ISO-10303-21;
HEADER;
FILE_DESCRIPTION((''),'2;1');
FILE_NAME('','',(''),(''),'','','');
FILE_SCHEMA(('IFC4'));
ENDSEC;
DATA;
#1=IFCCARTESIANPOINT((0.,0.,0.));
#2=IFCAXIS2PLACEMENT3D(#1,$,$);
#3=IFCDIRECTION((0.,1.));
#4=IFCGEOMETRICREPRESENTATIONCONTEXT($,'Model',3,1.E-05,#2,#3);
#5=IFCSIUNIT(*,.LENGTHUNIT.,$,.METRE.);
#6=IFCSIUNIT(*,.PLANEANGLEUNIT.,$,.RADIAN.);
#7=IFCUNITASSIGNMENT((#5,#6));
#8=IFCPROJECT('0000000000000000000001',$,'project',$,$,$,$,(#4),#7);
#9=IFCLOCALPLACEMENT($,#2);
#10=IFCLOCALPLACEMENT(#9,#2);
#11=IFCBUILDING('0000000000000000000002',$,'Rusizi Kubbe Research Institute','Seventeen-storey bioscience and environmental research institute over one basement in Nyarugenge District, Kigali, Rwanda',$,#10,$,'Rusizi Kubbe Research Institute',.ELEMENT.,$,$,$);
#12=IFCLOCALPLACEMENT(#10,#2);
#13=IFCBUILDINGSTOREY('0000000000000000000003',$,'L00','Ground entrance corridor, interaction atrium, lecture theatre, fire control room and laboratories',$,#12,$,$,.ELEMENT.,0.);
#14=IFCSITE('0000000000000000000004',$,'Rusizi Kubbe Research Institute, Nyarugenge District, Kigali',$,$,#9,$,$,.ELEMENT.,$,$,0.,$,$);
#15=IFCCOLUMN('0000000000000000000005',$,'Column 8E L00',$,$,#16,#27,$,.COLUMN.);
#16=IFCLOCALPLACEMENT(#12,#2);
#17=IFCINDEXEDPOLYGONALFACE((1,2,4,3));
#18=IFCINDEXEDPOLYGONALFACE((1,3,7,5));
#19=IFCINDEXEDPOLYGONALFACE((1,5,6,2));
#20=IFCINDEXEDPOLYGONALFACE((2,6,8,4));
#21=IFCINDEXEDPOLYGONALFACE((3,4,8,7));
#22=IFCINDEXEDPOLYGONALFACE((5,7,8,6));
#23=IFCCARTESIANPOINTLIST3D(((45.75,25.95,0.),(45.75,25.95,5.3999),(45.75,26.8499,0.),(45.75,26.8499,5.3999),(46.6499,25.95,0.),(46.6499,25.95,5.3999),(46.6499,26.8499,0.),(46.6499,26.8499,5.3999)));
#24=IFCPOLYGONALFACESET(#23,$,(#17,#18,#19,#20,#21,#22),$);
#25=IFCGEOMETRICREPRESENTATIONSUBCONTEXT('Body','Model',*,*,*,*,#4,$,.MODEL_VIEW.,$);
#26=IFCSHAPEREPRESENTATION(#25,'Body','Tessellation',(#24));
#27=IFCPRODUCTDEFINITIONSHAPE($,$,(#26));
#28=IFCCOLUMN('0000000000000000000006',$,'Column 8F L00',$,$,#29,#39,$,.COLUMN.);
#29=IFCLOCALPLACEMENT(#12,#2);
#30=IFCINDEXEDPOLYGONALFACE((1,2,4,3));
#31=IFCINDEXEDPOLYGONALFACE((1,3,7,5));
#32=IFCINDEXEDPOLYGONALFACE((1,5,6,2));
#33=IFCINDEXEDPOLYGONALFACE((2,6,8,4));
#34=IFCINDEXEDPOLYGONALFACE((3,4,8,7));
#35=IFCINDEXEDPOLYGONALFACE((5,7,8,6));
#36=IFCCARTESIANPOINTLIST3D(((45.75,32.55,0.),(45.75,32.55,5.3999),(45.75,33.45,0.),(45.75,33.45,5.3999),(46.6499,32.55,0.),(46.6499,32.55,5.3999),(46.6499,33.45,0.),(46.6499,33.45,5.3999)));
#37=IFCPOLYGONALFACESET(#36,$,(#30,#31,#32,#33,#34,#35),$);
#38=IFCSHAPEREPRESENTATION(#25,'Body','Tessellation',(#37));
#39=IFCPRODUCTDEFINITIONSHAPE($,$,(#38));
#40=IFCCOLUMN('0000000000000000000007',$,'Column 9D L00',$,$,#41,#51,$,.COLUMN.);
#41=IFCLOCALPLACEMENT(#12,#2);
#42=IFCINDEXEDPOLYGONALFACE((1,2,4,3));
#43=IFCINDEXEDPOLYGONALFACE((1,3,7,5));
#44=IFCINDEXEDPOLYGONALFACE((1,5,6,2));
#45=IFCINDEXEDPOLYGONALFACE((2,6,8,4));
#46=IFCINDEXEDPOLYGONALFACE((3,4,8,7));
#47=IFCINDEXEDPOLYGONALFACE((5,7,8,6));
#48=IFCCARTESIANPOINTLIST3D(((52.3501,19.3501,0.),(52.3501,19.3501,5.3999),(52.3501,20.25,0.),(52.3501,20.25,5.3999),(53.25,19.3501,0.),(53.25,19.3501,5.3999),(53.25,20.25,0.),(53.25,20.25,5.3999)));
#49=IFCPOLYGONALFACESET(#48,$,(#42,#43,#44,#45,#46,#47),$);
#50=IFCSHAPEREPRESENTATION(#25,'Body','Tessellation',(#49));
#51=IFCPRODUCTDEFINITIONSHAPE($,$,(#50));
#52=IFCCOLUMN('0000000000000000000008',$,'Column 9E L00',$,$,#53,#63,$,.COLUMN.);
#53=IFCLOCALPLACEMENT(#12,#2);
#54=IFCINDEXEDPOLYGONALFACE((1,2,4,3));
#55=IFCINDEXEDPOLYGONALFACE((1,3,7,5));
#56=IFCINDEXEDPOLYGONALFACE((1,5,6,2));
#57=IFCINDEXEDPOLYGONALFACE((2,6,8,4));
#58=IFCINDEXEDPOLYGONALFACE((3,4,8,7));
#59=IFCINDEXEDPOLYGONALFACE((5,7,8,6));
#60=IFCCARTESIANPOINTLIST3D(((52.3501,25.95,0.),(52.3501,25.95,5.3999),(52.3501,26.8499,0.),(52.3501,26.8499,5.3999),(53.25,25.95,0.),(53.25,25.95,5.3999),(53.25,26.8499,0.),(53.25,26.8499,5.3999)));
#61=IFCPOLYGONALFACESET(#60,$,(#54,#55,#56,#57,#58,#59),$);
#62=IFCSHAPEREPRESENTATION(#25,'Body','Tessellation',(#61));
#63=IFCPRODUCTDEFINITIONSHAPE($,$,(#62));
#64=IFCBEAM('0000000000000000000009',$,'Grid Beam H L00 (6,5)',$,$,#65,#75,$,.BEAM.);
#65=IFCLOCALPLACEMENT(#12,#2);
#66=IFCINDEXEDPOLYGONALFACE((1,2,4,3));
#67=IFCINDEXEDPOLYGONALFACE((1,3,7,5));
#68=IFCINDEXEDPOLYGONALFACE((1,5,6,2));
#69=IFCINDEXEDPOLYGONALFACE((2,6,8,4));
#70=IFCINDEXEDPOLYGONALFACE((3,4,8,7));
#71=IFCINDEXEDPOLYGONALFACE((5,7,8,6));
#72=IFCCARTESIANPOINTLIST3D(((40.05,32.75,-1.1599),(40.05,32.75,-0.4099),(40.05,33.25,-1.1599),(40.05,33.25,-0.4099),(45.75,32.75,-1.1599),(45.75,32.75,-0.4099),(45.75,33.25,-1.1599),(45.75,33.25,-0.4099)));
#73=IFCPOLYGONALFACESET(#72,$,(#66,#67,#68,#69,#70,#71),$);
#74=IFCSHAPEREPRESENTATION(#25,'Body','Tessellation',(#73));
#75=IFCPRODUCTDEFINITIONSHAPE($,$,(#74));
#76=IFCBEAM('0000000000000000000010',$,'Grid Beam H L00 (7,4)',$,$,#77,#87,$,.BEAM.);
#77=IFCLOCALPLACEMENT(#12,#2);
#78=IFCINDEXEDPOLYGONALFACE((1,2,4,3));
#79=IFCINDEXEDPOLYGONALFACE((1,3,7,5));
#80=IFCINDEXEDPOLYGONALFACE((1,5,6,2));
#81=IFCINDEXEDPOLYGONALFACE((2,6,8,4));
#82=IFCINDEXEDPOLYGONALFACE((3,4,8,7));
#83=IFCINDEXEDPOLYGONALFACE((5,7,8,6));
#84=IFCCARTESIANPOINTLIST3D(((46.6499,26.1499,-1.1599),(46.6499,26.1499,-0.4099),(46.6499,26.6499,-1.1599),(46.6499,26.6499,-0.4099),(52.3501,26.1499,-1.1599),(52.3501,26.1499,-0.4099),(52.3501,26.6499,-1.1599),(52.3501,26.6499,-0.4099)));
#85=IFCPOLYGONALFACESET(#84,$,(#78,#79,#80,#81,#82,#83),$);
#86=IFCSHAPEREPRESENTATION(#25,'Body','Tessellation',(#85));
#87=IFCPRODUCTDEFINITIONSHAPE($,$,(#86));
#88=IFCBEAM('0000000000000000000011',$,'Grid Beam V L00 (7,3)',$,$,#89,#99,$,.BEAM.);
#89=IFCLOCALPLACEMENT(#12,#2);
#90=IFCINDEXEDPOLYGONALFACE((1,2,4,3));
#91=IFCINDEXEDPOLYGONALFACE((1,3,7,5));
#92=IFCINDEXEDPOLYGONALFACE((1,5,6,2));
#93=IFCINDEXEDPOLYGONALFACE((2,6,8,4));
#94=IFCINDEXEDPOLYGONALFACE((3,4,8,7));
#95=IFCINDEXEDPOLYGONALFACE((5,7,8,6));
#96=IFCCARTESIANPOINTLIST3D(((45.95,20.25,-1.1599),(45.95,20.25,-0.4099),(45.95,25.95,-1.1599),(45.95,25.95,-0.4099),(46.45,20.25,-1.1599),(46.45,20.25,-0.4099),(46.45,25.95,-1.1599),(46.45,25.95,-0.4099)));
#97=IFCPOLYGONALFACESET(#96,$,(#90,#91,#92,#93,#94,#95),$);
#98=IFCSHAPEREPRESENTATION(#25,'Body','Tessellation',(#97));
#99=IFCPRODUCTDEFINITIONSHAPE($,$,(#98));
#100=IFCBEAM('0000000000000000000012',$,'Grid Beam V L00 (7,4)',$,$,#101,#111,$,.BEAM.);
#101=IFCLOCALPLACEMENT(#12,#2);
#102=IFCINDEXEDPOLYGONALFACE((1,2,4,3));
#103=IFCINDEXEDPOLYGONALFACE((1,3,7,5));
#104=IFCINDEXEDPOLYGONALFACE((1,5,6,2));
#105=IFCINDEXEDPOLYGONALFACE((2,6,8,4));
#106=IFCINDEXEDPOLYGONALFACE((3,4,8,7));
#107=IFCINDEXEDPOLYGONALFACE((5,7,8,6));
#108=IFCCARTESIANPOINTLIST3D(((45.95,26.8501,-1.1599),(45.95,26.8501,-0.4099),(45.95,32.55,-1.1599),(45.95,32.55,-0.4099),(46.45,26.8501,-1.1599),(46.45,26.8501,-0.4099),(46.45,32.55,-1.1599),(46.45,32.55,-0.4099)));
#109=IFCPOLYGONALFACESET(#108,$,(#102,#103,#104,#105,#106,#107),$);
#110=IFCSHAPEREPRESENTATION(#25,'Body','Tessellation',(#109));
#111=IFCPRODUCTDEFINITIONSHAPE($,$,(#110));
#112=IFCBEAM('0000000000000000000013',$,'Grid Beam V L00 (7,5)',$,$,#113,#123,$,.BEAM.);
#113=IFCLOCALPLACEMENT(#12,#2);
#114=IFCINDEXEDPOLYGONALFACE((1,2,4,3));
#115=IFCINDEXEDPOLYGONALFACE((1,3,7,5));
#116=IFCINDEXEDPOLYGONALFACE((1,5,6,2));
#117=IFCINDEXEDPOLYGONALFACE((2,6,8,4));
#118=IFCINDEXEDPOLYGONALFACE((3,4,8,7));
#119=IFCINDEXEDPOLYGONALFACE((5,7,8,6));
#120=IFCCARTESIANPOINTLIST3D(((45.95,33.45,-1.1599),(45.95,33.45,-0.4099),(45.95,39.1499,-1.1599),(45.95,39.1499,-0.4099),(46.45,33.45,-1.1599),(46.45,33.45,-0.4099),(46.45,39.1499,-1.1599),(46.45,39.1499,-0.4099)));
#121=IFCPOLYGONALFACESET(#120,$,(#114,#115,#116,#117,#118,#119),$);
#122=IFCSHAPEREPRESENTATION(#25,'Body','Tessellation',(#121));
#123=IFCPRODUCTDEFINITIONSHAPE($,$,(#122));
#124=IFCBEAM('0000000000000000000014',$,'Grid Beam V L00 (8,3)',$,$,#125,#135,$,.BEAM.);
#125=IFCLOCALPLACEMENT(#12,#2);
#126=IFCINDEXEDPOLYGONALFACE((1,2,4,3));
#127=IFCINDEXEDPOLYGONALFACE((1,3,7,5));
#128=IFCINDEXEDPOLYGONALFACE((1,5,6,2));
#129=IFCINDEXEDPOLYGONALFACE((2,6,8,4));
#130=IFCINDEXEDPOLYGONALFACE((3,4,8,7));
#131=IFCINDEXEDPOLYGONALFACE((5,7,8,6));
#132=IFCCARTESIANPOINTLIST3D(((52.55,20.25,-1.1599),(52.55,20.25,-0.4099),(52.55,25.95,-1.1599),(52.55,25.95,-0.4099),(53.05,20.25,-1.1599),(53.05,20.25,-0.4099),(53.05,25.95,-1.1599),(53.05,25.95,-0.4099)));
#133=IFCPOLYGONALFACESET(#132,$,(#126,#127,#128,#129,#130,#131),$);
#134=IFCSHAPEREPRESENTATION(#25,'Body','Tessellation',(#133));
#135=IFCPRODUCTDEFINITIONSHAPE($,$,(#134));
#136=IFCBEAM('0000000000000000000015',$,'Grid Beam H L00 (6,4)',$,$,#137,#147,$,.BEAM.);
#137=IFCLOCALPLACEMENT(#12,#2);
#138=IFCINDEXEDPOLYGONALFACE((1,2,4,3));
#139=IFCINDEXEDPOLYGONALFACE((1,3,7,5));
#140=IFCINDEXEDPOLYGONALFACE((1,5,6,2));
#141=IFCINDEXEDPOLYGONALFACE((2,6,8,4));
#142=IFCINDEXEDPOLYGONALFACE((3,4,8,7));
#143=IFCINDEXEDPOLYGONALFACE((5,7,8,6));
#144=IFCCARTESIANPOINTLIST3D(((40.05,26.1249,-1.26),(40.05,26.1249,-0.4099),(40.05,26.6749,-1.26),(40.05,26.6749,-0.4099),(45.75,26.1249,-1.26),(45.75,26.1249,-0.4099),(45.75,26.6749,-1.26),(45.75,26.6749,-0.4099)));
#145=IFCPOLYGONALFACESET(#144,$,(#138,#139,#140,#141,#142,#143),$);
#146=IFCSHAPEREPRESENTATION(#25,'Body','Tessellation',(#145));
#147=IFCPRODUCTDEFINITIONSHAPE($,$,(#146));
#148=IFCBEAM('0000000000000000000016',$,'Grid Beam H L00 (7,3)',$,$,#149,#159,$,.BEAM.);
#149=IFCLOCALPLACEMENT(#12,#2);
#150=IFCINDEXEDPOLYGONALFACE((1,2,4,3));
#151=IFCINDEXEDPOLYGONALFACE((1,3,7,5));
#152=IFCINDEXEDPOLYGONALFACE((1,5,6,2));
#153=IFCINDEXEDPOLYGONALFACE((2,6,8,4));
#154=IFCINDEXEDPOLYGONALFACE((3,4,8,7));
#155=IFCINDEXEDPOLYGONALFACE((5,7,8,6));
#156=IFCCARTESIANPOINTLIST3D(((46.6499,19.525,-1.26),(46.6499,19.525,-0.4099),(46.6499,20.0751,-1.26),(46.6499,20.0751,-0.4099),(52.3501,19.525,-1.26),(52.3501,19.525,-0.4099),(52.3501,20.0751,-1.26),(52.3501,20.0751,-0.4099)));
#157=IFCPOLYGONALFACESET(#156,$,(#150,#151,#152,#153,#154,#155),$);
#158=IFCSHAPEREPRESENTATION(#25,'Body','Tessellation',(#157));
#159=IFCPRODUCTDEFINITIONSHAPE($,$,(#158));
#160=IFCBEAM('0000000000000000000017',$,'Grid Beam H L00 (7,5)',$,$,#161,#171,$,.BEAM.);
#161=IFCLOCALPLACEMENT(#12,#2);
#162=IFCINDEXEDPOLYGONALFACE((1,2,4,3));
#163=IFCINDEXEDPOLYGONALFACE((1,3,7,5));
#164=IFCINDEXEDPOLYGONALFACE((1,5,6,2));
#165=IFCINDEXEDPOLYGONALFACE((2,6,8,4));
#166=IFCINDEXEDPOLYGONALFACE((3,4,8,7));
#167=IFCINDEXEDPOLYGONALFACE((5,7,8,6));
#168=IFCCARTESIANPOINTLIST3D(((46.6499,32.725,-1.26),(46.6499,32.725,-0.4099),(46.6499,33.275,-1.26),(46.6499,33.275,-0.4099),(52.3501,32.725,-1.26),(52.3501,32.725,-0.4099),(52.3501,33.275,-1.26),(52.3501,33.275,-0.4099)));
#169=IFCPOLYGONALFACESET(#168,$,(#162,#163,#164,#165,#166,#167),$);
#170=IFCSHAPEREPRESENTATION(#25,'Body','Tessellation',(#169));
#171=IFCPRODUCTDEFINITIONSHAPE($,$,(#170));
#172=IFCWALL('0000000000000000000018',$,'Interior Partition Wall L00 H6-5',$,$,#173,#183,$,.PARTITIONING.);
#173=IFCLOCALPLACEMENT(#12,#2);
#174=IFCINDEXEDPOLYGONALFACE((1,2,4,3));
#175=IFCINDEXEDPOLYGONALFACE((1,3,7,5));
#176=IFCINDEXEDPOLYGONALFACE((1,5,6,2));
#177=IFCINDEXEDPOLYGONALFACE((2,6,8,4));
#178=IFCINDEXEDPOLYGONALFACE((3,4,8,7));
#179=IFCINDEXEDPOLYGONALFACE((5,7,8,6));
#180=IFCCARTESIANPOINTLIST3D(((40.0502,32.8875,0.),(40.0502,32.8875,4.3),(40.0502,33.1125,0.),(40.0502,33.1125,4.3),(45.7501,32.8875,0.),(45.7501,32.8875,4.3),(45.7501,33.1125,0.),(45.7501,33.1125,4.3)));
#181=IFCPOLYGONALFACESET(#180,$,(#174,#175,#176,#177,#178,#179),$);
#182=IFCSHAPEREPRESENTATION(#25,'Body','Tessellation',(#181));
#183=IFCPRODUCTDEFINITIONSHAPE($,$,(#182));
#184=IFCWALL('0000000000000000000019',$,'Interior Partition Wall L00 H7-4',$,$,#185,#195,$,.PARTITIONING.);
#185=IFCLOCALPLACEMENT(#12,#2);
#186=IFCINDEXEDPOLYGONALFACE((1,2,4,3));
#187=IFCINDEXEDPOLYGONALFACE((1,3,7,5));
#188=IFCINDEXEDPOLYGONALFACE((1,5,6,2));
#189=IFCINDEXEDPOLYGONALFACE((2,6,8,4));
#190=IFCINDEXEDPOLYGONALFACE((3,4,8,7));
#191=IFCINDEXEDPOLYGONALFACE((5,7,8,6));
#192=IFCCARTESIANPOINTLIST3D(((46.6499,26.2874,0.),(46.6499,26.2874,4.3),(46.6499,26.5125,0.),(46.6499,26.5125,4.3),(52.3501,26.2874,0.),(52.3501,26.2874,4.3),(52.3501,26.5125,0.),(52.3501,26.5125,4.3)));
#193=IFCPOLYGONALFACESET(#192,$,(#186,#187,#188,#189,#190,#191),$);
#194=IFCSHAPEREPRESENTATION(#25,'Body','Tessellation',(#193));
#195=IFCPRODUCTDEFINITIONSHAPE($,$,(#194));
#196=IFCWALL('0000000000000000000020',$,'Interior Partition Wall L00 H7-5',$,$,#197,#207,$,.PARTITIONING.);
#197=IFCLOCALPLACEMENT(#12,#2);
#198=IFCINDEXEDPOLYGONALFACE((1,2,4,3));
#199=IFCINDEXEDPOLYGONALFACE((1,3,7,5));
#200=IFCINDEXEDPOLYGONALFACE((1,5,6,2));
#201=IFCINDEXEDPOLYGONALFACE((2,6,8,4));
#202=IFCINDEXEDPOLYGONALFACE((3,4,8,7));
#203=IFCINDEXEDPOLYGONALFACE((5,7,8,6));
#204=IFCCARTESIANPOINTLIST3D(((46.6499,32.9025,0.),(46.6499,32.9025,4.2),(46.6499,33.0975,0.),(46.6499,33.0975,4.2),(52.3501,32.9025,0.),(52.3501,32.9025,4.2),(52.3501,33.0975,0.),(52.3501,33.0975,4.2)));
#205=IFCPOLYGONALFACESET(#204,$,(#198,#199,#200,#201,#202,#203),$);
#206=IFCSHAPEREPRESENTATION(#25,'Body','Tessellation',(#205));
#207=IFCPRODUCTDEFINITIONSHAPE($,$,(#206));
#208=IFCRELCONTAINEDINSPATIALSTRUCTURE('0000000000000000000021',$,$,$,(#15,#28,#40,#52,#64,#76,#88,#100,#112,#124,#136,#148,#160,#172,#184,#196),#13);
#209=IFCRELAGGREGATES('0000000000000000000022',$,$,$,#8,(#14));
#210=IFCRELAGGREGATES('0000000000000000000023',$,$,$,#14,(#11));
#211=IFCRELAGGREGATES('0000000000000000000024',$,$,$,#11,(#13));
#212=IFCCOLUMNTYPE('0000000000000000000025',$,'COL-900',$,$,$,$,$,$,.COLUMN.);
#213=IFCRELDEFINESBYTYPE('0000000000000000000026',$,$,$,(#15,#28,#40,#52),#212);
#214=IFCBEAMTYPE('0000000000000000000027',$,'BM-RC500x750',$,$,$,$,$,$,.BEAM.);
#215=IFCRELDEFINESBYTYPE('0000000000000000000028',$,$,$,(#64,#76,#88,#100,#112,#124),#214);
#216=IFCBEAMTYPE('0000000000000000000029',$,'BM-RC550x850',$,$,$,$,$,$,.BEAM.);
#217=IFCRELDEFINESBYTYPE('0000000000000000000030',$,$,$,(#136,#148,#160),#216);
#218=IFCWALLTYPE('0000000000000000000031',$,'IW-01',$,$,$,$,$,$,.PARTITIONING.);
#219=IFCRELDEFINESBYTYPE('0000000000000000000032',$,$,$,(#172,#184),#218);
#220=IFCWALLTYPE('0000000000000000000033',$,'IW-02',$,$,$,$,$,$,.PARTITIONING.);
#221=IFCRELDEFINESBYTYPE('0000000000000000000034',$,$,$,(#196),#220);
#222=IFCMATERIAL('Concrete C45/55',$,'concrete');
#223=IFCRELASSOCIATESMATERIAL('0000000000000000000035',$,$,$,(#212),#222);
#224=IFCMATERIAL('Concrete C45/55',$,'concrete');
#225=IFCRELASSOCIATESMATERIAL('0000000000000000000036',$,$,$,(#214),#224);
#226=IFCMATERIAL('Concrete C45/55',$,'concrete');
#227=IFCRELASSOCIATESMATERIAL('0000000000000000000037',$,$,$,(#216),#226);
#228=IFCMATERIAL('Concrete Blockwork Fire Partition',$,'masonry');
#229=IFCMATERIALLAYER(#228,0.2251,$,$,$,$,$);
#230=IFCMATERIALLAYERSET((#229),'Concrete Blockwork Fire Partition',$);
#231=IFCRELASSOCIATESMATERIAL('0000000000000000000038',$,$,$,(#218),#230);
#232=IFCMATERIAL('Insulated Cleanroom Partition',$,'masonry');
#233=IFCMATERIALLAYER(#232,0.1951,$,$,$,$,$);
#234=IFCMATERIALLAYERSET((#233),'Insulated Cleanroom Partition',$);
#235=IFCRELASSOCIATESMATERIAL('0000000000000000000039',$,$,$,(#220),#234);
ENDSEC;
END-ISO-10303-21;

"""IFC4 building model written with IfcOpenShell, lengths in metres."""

from ifc_helpers import new_model, si_unit, direction, frame, frame_2d, origin, origin_2d, place, context, subcontext, project, spatial, rectangle, extrude, material, layer, layer_set, material_profile, profile_set, type_object, element, save


model = new_model("IFC4")

# Units and contexts
model_context = context("Model", 3, precision=1e-05, world=origin(), true_north=direction((0.0, 1.0)))
body_context = subcontext(model_context, "Body", "Model", "MODEL_VIEW")
ifc_project = project(units=[si_unit("LENGTHUNIT", "METRE"), si_unit("PLANEANGLEUNIT", "RADIAN")], contexts=[model_context])

# Site, building, storey
site_placement = place(None, origin())
site = spatial("IfcSite", under=ifc_project, at=site_placement, Name="Rusizi Kubbe Research Institute, Nyarugenge District, Kigali", CompositionType="ELEMENT", RefElevation=0.0)
building_placement = place(site_placement, origin())
building = spatial("IfcBuilding", under=site, at=building_placement, Name="Rusizi Kubbe Research Institute", Description="Seventeen-storey bioscience and environmental research institute over one basement in Nyarugenge District, Kigali, Rwanda", LongName="Rusizi Kubbe Research Institute", CompositionType="ELEMENT")
storey_placement = place(building_placement, origin())
storey = spatial("IfcBuildingStorey", under=building, at=storey_placement, Name="L00", Description="Ground entrance corridor, interaction atrium, lecture theatre, fire control room and laboratories", CompositionType="ELEMENT", Elevation=0.0)

# Columns
ifc_material_1 = material(Name="Concrete C45/55", Category="concrete")
ifc_material_profile_1 = material_profile(ifc_material_1, rectangle(XDim=0.8999, YDim=0.8999, at=origin_2d()), Name="RC900x900")
ifc_profile_set_1 = profile_set([ifc_material_profile_1], Name="Concrete C45/55")
column_type = type_object("IfcColumnType", Name="COL-900", PredefinedType="COLUMN", material=ifc_profile_set_1)
for number, where, z_axis, x_axis, name in (
    (1, (46.2, 26.3999, 0.0), (0.0, 0.0, 1.0), (1.0, 0.0, 0.0), "Column 8E L00"),
    (2, (46.2, 33.0, 0.0), (0.0, 0.0, 1.0), (1.0, 0.0, 0.0), "Column 8F L00"),
    (3, (52.8, 19.8, 0.0), (0.0, 0.0, 1.0), (1.0, 0.0, 0.0), "Column 9D L00"),
    (4, (52.8, 26.3999, 0.0), (0.0, 0.0, 1.0), (1.0, 0.0, 0.0), "Column 9E L00"),
):
    element("IfcColumn", number, at=place(storey_placement, frame(where, z_axis=z_axis, x_axis=x_axis)), inside=storey, type_object=column_type, Name=name, PredefinedType="COLUMN", context=body_context, shape_type="SweptSolid", body=[
        extrude(rectangle(XDim=0.8999, YDim=0.8999, at=origin_2d()), origin(), (0.0, 0.0, 1.0), 5.3999),
    ])

# Beams
ifc_material_2 = material(Name="Concrete C45/55", Category="concrete")
ifc_material_profile_2 = material_profile(ifc_material_2, rectangle(XDim=0.5, YDim=0.75, at=origin_2d()), Name="RC500x750B")
ifc_profile_set_2 = profile_set([ifc_material_profile_2], Name="Concrete C45/55")
beam_type_1 = type_object("IfcBeamType", Name="BM-RC500x750", PredefinedType="BEAM", material=ifc_profile_set_2)
beam_1_placement = place(storey_placement, frame((40.05, 33.0, -0.7849), z_axis=(1.0, 0.0, 0.0), x_axis=(0.0, 1.0, 0.0)))
element("IfcBeam", 5, at=beam_1_placement, inside=storey, type_object=beam_type_1, Name="Grid Beam H L00 (6,5)", PredefinedType="BEAM", context=body_context, shape_type="SweptSolid", body=[
    extrude(rectangle(XDim=0.5, YDim=0.75, at=origin_2d()), origin(), (0.0, 0.0, 1.0), 5.7),
])
beam_2_placement = place(storey_placement, frame((46.6499, 26.3999, -0.7849), z_axis=(1.0, 0.0, 0.0), x_axis=(0.0, 1.0, 0.0)))
element("IfcBeam", 6, at=beam_2_placement, inside=storey, type_object=beam_type_1, Name="Grid Beam H L00 (7,4)", PredefinedType="BEAM", context=body_context, shape_type="SweptSolid", body=[
    extrude(rectangle(XDim=0.5, YDim=0.75, at=origin_2d()), origin(), (0.0, 0.0, 1.0), 5.7002),
])
for number, where, z_axis, x_axis, name in (
    (7, (46.2, 20.25, -0.7849), (0.0, 1.0, 0.0), (-1.0, 0.0, 0.0), "Grid Beam V L00 (7,3)"),
    (8, (46.2, 26.8501, -0.7849), (0.0, 1.0, 0.0), (-1.0, 0.0, 0.0), "Grid Beam V L00 (7,4)"),
    (9, (46.2, 33.45, -0.7849), (0.0, 1.0, 0.0), (-1.0, 0.0, 0.0), "Grid Beam V L00 (7,5)"),
    (10, (52.8, 20.25, -0.7849), (0.0, 1.0, 0.0), (-1.0, 0.0, 0.0), "Grid Beam V L00 (8,3)"),
):
    element("IfcBeam", number, at=place(storey_placement, frame(where, z_axis=z_axis, x_axis=x_axis)), inside=storey, type_object=beam_type_1, Name=name, PredefinedType="BEAM", context=body_context, shape_type="SweptSolid", body=[
        extrude(rectangle(XDim=0.5, YDim=0.75, at=origin_2d()), origin(), (0.0, 0.0, 1.0), 5.7),
    ])
ifc_material_3 = material(Name="Concrete C45/55", Category="concrete")
ifc_material_profile_3 = material_profile(ifc_material_3, rectangle(XDim=0.55, YDim=0.8501, at=origin_2d()), Name="RC550x850")
ifc_profile_set_3 = profile_set([ifc_material_profile_3], Name="Concrete C45/55")
beam_type_2 = type_object("IfcBeamType", Name="BM-RC550x850", PredefinedType="BEAM", material=ifc_profile_set_3)
beam_3_placement = place(storey_placement, frame((40.05, 26.3999, -0.835), z_axis=(1.0, 0.0, 0.0), x_axis=(0.0, 1.0, 0.0)))
element("IfcBeam", 11, at=beam_3_placement, inside=storey, type_object=beam_type_2, Name="Grid Beam H L00 (6,4)", PredefinedType="BEAM", context=body_context, shape_type="SweptSolid", body=[
    extrude(rectangle(XDim=0.55, YDim=0.8501, at=origin_2d()), origin(), (0.0, 0.0, 1.0), 5.7),
])
for number, where, z_axis, x_axis, name in (
    (12, (46.6499, 19.8, -0.835), (1.0, 0.0, 0.0), (0.0, 1.0, 0.0), "Grid Beam H L00 (7,3)"),
    (13, (46.6499, 33.0, -0.835), (1.0, 0.0, 0.0), (0.0, 1.0, 0.0), "Grid Beam H L00 (7,5)"),
):
    element("IfcBeam", number, at=place(storey_placement, frame(where, z_axis=z_axis, x_axis=x_axis)), inside=storey, type_object=beam_type_2, Name=name, PredefinedType="BEAM", context=body_context, shape_type="SweptSolid", body=[
        extrude(rectangle(XDim=0.55, YDim=0.8501, at=origin_2d()), origin(), (0.0, 0.0, 1.0), 5.7002),
    ])

# Walls
ifc_material_4 = material(Name="Concrete Blockwork Fire Partition", Category="masonry")
ifc_layer_1 = layer(ifc_material_4, 0.2251)
ifc_layer_set_1 = layer_set([ifc_layer_1], Name="Concrete Blockwork Fire Partition")
wall_type_1 = type_object("IfcWallType", Name="IW-01", PredefinedType="PARTITIONING", material=ifc_layer_set_1)
wall_1_placement = place(storey_placement, frame((40.05, 33.0, 0.0), z_axis=(0.0, 0.0, 1.0), x_axis=(1.0, 0.0, 0.0)))
element("IfcWall", 14, at=wall_1_placement, inside=storey, type_object=wall_type_1, Name="Interior Partition Wall L00 H6-5", PredefinedType="PARTITIONING", context=body_context, shape_type="SweptSolid", body=[
    extrude(rectangle(XDim=5.7, YDim=0.2251, at=frame_2d((2.8501, 0.0))), origin(), (0.0, 0.0, 1.0), 4.3),
])
wall_2_placement = place(storey_placement, frame((46.6499, 26.3999, 0.0), z_axis=(0.0, 0.0, 1.0), x_axis=(1.0, 0.0, 0.0)))
element("IfcWall", 15, at=wall_2_placement, inside=storey, type_object=wall_type_1, Name="Interior Partition Wall L00 H7-4", PredefinedType="PARTITIONING", context=body_context, shape_type="SweptSolid", body=[
    extrude(rectangle(XDim=5.7002, YDim=0.2251, at=frame_2d((2.8501, 0.0))), origin(), (0.0, 0.0, 1.0), 4.3),
])
ifc_material_5 = material(Name="Insulated Cleanroom Partition", Category="masonry")
ifc_layer_2 = layer(ifc_material_5, 0.1951)
ifc_layer_set_2 = layer_set([ifc_layer_2], Name="Insulated Cleanroom Partition")
wall_type_2 = type_object("IfcWallType", Name="IW-02", PredefinedType="PARTITIONING", material=ifc_layer_set_2)
wall_3_placement = place(storey_placement, frame((46.6499, 33.0, 0.0), z_axis=(0.0, 0.0, 1.0), x_axis=(1.0, 0.0, 0.0)))
element("IfcWall", 16, at=wall_3_placement, inside=storey, type_object=wall_type_2, Name="Interior Partition Wall L00 H7-5", PredefinedType="PARTITIONING", context=body_context, shape_type="SweptSolid", body=[
    extrude(rectangle(XDim=5.7002, YDim=0.1951, at=frame_2d((2.8501, 0.0))), origin(), (0.0, 0.0, 1.0), 4.2),
])

save(model, "model.ifc")
